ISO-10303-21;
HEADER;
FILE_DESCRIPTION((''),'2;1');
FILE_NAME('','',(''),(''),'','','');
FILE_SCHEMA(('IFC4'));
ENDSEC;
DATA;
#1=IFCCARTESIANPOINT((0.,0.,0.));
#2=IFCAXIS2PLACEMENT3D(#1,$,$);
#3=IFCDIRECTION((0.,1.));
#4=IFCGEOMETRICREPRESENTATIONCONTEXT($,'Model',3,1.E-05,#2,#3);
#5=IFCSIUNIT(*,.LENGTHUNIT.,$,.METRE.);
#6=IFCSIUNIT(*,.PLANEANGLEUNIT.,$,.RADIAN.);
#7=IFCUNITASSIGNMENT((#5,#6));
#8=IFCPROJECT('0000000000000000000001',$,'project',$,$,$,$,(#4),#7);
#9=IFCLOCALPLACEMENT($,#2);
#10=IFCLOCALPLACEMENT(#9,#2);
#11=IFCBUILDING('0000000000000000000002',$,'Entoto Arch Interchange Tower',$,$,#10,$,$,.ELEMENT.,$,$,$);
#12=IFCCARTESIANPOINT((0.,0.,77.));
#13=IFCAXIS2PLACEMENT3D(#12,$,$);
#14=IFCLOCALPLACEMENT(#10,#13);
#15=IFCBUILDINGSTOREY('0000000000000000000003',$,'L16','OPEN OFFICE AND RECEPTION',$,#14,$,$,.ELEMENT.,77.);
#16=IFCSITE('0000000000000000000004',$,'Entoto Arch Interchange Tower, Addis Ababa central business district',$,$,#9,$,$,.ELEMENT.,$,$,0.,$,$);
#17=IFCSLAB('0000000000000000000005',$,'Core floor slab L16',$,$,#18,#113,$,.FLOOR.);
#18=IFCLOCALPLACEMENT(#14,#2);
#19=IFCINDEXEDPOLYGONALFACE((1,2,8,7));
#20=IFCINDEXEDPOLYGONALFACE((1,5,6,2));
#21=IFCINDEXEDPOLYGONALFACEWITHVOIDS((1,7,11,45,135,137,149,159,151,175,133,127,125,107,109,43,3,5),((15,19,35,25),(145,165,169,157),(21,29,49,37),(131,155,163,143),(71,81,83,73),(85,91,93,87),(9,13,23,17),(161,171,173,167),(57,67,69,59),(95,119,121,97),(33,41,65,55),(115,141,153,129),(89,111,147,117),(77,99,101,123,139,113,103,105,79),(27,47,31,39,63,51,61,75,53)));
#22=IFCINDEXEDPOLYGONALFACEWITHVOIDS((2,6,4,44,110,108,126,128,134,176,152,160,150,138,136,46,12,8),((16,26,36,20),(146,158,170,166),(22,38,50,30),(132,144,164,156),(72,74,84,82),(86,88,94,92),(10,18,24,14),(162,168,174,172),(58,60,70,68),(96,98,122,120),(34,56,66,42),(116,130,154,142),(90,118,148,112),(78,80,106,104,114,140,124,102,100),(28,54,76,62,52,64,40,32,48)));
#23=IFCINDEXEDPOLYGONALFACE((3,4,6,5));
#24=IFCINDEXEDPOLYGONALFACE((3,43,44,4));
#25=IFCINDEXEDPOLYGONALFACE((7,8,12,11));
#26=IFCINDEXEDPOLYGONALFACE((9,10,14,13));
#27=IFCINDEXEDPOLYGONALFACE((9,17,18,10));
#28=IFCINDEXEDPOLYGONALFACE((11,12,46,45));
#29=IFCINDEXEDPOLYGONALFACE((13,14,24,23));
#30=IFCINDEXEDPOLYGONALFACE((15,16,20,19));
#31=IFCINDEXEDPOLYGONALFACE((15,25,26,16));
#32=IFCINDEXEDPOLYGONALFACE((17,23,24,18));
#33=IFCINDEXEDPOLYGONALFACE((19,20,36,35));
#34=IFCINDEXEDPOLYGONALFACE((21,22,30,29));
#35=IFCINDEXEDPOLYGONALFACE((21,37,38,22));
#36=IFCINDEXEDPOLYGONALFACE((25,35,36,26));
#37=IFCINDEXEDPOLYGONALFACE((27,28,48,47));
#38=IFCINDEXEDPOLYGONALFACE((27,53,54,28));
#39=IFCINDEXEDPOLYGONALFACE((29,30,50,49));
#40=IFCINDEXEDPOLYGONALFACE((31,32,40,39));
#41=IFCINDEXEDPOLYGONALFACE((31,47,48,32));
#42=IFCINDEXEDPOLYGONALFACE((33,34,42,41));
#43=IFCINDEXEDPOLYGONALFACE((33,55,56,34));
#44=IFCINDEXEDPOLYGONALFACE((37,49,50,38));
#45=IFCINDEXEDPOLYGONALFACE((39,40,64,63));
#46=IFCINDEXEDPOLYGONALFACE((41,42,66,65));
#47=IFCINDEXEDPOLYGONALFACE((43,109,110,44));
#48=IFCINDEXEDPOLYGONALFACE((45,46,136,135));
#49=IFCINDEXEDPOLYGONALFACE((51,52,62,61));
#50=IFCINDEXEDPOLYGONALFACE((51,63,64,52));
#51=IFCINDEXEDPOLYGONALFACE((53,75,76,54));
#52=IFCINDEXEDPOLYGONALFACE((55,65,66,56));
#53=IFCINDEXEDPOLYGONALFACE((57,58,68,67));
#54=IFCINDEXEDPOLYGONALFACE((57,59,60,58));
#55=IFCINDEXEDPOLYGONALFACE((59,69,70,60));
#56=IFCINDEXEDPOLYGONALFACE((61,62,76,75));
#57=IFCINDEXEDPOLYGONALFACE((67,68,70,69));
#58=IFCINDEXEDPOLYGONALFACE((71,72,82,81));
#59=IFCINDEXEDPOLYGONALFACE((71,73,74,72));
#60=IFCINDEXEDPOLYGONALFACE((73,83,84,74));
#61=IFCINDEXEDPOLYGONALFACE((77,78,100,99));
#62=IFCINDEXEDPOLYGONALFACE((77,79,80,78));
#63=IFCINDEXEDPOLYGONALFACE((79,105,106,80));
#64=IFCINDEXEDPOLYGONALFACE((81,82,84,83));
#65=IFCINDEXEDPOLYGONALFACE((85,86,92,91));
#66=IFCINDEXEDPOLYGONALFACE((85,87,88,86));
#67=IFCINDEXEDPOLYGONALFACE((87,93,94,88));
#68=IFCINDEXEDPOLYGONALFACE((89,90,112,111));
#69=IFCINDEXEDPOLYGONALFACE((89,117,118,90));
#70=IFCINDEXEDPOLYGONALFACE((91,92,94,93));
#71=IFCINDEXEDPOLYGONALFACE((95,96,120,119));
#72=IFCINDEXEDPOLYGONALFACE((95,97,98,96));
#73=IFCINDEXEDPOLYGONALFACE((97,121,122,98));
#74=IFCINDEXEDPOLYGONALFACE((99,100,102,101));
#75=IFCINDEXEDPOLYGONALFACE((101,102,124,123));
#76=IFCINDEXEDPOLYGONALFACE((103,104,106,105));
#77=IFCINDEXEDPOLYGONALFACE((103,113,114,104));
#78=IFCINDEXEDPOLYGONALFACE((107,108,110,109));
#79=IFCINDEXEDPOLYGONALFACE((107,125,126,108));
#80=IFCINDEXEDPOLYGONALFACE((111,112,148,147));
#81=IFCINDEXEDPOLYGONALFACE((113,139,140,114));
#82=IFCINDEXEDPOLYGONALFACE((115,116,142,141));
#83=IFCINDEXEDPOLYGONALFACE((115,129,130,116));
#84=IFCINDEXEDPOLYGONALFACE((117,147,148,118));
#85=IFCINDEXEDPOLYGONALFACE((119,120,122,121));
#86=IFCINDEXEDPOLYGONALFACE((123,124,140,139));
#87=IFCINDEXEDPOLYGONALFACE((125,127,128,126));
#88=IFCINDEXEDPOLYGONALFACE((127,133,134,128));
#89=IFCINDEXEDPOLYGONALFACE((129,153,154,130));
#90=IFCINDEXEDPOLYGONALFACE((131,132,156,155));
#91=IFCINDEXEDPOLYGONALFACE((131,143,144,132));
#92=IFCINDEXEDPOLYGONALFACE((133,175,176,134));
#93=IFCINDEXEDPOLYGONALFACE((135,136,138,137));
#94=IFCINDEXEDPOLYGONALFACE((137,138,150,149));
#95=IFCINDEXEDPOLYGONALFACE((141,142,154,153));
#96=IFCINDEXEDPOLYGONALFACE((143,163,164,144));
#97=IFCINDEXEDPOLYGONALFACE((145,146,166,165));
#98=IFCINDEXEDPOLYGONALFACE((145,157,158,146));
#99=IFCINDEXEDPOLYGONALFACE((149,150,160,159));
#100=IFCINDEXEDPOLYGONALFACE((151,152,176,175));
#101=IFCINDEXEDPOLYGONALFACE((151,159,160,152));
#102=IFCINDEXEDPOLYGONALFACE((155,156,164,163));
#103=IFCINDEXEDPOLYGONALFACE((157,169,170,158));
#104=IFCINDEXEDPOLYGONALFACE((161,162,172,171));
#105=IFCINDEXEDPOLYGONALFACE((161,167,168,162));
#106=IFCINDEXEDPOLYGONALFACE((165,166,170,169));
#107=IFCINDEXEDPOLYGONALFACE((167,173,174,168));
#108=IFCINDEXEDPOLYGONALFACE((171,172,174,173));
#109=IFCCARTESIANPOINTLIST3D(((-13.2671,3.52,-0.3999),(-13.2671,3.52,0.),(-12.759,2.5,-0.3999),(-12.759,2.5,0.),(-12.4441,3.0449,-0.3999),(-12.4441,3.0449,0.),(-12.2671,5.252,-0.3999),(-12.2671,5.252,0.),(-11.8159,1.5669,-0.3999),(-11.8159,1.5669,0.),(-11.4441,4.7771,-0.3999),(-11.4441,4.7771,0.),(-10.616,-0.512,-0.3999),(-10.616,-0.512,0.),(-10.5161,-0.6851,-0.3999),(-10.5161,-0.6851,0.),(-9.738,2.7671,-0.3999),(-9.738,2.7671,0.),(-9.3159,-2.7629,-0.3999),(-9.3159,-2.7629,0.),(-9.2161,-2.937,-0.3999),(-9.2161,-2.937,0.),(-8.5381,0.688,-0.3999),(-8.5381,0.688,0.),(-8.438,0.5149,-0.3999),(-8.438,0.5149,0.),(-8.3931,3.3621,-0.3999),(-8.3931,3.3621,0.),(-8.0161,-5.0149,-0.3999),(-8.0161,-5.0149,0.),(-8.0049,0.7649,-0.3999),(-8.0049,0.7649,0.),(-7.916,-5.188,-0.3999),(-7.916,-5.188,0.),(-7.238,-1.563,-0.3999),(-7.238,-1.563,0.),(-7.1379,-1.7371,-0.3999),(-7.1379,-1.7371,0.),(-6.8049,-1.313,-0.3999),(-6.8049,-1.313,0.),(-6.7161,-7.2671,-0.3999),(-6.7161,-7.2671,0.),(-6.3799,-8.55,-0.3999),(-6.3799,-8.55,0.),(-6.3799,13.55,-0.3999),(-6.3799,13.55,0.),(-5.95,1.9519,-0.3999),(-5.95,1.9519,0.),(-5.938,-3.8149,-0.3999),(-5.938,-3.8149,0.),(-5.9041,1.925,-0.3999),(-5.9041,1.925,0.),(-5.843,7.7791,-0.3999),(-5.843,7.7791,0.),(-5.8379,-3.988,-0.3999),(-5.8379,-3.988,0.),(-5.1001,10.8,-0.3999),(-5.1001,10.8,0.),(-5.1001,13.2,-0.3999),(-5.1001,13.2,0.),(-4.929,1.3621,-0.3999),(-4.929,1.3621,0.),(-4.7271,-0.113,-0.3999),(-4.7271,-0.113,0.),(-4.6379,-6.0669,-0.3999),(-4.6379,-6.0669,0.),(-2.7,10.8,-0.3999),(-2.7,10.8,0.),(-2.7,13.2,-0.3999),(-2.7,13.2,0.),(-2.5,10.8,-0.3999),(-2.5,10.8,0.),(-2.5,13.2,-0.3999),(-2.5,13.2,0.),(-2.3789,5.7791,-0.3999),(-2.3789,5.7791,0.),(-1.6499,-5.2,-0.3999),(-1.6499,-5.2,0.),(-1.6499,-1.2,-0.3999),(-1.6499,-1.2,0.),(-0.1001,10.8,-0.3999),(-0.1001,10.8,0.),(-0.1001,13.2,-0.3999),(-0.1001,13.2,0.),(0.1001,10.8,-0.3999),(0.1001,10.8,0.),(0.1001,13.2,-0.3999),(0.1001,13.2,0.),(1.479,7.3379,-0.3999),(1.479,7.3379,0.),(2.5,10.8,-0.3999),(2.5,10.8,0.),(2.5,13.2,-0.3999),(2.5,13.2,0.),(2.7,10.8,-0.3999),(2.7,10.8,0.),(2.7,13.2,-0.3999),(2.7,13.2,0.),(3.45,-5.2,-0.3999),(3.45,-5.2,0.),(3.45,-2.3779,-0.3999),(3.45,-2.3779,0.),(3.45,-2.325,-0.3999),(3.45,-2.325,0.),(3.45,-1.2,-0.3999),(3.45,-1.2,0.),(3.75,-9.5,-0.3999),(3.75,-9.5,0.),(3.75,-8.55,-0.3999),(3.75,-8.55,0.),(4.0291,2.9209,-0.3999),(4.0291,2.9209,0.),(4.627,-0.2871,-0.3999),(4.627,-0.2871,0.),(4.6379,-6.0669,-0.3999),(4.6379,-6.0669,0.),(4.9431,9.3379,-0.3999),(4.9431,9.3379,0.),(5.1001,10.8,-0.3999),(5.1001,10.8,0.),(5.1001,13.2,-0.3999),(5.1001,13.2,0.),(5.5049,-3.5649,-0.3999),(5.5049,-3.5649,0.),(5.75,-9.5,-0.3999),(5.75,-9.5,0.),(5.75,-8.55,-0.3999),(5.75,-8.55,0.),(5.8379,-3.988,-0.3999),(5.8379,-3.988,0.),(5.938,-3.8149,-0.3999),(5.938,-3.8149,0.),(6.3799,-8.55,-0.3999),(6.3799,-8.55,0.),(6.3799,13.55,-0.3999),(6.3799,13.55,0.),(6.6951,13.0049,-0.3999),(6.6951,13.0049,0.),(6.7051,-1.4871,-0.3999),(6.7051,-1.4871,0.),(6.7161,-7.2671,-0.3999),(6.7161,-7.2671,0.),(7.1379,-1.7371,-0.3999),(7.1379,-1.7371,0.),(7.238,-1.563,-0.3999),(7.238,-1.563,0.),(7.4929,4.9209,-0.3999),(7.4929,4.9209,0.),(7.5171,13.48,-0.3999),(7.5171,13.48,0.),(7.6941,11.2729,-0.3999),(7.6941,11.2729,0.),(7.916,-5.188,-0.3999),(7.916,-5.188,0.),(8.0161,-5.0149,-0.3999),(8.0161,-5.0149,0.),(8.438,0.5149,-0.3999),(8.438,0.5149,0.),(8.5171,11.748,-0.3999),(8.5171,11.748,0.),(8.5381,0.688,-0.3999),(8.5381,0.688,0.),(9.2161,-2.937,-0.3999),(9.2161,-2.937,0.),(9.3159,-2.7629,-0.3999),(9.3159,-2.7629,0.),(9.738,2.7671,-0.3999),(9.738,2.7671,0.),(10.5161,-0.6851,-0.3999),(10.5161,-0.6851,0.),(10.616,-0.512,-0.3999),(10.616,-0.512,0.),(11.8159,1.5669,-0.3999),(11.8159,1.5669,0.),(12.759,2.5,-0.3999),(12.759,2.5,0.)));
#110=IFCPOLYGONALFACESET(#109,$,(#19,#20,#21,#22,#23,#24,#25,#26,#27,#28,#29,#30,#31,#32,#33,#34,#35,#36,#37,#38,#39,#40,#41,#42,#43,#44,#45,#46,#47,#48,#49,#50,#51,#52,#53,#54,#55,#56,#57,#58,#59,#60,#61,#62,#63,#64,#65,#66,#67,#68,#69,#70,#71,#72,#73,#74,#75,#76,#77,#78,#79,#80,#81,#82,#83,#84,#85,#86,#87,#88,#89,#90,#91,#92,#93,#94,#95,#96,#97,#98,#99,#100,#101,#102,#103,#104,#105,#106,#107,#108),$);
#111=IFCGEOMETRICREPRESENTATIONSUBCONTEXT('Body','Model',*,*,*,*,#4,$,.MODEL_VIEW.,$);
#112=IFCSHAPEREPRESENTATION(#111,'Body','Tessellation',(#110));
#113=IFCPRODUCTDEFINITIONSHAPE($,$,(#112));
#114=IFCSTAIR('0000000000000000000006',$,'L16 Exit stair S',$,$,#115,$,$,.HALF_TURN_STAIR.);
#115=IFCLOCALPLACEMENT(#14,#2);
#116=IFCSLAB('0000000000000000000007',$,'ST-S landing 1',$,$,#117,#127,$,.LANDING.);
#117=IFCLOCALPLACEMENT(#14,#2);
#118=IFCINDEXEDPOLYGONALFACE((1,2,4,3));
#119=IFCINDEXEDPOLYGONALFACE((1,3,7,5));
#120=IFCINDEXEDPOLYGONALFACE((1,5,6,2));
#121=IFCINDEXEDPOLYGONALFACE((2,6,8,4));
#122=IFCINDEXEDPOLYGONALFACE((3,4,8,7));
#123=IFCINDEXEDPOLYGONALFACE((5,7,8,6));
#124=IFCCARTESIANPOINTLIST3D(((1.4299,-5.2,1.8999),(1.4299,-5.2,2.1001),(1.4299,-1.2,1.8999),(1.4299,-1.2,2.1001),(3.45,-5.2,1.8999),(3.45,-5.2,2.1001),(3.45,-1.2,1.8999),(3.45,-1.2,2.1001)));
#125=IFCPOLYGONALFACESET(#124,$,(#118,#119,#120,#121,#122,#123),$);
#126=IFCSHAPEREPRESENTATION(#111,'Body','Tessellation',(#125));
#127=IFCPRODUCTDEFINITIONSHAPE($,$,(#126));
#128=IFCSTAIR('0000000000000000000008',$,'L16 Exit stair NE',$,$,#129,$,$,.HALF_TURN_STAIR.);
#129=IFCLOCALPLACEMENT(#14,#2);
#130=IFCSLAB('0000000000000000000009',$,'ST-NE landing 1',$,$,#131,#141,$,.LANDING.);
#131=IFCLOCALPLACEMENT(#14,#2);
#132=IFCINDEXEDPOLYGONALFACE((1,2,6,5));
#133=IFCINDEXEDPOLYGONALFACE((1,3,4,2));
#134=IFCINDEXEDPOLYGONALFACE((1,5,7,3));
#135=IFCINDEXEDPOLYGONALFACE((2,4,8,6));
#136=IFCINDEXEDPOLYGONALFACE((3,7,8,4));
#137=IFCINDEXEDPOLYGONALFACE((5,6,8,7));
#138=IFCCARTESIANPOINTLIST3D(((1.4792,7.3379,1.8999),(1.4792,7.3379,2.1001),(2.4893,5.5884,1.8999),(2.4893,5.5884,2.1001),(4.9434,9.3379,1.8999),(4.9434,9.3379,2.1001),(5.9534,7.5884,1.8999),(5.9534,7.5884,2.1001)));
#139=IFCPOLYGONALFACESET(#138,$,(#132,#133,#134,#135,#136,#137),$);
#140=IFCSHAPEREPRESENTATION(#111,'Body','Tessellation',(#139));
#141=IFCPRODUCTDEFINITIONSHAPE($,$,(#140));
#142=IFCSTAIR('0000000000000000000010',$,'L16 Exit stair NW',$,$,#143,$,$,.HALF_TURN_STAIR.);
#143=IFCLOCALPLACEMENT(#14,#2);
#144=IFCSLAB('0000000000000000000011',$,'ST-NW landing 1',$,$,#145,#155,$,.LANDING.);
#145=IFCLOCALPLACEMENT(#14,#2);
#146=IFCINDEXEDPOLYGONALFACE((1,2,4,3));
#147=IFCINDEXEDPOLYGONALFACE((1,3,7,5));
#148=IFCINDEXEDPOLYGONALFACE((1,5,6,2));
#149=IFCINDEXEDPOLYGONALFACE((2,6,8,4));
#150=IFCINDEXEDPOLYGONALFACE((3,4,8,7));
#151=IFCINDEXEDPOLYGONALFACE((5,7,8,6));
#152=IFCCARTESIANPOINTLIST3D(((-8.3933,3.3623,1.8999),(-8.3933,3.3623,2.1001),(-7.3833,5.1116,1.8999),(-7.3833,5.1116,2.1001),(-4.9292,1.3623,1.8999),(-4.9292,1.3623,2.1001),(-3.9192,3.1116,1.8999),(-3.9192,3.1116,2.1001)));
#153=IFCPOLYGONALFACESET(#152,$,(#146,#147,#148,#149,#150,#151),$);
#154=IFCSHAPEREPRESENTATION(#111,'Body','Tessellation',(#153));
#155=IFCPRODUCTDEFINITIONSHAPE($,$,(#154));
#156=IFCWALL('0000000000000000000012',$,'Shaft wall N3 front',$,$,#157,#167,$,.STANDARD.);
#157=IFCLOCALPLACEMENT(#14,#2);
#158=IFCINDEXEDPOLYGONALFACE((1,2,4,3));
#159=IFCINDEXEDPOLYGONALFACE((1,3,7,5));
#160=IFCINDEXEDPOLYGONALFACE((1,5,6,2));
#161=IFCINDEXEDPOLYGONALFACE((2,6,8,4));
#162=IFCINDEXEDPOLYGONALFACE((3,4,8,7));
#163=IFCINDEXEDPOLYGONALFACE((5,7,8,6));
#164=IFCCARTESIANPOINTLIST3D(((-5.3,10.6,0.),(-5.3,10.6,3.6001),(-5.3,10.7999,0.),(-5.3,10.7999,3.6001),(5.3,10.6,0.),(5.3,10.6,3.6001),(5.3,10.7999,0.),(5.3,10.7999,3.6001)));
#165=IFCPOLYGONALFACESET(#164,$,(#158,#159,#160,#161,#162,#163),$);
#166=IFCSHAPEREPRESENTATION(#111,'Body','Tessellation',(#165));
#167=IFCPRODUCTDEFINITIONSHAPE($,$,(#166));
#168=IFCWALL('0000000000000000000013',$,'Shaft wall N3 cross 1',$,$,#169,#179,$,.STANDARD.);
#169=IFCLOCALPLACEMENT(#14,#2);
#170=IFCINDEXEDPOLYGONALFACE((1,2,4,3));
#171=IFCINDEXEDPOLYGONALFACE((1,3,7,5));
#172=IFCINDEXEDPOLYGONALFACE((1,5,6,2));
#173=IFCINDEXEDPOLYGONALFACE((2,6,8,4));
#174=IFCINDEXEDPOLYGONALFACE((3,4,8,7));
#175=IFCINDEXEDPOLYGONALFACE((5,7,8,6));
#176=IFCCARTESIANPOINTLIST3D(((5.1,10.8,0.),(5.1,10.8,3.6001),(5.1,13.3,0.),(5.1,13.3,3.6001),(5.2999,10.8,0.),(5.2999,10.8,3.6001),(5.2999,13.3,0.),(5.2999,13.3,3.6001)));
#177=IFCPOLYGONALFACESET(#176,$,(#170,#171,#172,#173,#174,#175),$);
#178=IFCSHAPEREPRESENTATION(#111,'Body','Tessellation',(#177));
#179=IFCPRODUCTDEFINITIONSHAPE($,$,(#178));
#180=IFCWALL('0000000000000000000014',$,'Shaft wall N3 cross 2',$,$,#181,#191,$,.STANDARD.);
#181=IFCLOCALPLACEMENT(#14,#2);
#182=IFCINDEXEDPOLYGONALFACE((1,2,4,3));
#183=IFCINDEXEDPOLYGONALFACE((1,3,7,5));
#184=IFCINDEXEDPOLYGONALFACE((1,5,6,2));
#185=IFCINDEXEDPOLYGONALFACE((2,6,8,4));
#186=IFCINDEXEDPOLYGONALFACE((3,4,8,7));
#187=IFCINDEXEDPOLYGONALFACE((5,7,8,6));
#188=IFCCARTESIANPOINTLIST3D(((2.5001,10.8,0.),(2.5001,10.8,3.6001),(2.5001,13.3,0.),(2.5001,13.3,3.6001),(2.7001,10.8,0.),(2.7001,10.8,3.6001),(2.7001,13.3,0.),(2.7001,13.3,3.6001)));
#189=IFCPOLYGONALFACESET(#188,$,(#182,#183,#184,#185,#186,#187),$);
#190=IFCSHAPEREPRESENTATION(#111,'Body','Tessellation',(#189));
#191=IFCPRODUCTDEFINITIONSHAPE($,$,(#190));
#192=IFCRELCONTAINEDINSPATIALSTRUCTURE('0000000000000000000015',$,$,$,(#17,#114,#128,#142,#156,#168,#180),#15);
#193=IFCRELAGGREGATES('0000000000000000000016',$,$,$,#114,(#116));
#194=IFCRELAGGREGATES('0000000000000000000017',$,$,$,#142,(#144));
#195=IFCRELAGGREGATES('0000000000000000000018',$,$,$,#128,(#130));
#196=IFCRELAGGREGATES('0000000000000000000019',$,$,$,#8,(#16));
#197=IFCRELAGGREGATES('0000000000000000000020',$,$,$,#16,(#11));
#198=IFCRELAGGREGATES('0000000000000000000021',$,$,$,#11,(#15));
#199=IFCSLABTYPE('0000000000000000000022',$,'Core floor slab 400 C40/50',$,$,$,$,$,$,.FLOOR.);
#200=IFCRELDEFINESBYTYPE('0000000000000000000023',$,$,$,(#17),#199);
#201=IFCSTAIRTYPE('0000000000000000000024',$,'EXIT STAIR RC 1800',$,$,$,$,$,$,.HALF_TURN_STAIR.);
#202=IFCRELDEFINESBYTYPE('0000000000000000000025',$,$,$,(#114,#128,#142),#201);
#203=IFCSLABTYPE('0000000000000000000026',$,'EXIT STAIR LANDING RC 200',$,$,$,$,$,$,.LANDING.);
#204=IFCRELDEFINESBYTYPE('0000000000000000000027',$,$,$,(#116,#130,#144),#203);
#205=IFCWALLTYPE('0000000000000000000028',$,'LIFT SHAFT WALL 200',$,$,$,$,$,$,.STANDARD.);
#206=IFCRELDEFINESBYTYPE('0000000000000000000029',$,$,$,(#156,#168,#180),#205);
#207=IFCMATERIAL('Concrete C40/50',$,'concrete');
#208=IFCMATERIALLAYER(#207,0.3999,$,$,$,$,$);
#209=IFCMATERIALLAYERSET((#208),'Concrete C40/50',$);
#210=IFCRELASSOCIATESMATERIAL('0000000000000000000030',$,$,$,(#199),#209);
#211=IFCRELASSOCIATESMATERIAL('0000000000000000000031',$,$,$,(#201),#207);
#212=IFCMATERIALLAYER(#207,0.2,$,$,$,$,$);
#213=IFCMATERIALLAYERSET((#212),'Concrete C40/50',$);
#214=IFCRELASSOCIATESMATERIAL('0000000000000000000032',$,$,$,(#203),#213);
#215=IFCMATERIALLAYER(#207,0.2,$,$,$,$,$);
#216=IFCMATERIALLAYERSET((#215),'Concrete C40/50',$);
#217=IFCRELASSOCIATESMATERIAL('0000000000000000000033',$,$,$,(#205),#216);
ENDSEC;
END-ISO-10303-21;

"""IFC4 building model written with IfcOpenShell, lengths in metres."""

from ifc_helpers import new_model, si_unit, direction, frame, frame_2d, origin, place, context, subcontext, project, spatial, polyline, rectangle, outline, extrude, material, layer, layer_set, type_object, element, aggregate, save


model = new_model("IFC4")

# Units and contexts
model_context = context("Model", 3, precision=1e-05, world=origin(), true_north=direction((0.0, 1.0)))
body_context = subcontext(model_context, "Body", "Model", "MODEL_VIEW")
ifc_project = project(units=[si_unit("LENGTHUNIT", "METRE"), si_unit("PLANEANGLEUNIT", "RADIAN")], contexts=[model_context])

# Site, building, storey
site_placement = place(None, origin())
site = spatial("IfcSite", under=ifc_project, at=site_placement, Name="Entoto Arch Interchange Tower, Addis Ababa central business district", CompositionType="ELEMENT", RefElevation=0.0)
building_placement = place(site_placement, origin())
building = spatial("IfcBuilding", under=site, at=building_placement, Name="Entoto Arch Interchange Tower", CompositionType="ELEMENT")
storey_placement = place(building_placement, frame((0.0, 0.0, 77.0)))
storey = spatial("IfcBuildingStorey", under=building, at=storey_placement, Name="L16", Description="OPEN OFFICE AND RECEPTION", CompositionType="ELEMENT", Elevation=77.0)

# Slab
ifc_material_1 = material(Name="Concrete C40/50", Category="concrete")
ifc_layer_1 = layer(ifc_material_1, 0.3999)
ifc_layer_set_1 = layer_set([ifc_layer_1], Name="Concrete C40/50")
slab_type_1 = type_object("IfcSlabType", Name="Core floor slab 400 C40/50", PredefinedType="FLOOR", material=ifc_layer_set_1)
slab_1_placement = place(storey_placement, frame((0.0, 0.0, -0.3999)))
element("IfcSlab", 1, at=slab_1_placement, inside=storey, type_object=slab_type_1, Name="Core floor slab L16", PredefinedType="FLOOR", context=body_context, shape_type="SweptSolid", body=[
    extrude(outline(polyline([(5.75, -9.5), (3.75, -9.5), (3.75, -8.55), (-6.3799, -8.55), (-12.759, 2.5), (-12.4441, 3.0449), (-13.2671, 3.52), (-12.2671, 5.252), (-11.4441, 4.7771), (-6.3799, 13.55), (6.3799, 13.55), (6.6951, 13.0049), (7.5171, 13.48), (8.5171, 11.748), (7.6941, 11.2729), (12.759, 2.5), (6.3799, -8.55), (5.75, -8.55), (5.75, -9.5)]), holes=[polyline([(-4.6379, -6.0669), (-5.8379, -3.988), (-7.916, -5.188), (-6.7161, -7.2671), (-4.6379, -6.0669)]), polyline([(-5.938, -3.8149), (-7.1379, -1.7371), (-9.2161, -2.937), (-8.0161, -5.0149), (-5.938, -3.8149)]), polyline([(5.5049, -3.5649), (6.7051, -1.4871), (4.627, -0.2871), (3.45, -2.325), (3.45, -1.2), (-1.6499, -1.2), (-1.6499, -5.2), (3.45, -5.2), (3.45, -2.3779), (5.5049, -3.5649)]), polyline([(-7.238, -1.563), (-8.438, 0.5149), (-10.5161, -0.6851), (-9.3159, -2.7629), (-7.238, -1.563)]), polyline([(-4.7271, -0.113), (-5.9041, 1.925), (-4.929, 1.3621), (-2.3789, 5.7791), (-5.843, 7.7791), (-8.3931, 3.3621), (-5.95, 1.9519), (-8.0049, 0.7649), (-6.8049, -1.313), (-4.7271, -0.113)]), polyline([(-8.5381, 0.688), (-9.738, 2.7671), (-11.8159, 1.5669), (-10.616, -0.512), (-8.5381, 0.688)]), polyline([(-5.1001, 10.8), (-2.7, 10.8), (-2.7, 13.2), (-5.1001, 13.2), (-5.1001, 10.8)]), polyline([(-2.5, 10.8), (-0.1001, 10.8), (-0.1001, 13.2), (-2.5, 13.2), (-2.5, 10.8)]), polyline([(5.8379, -3.988), (4.6379, -6.0669), (6.7161, -7.2671), (7.916, -5.188), (5.8379, -3.988)]), polyline([(7.1379, -1.7371), (5.938, -3.8149), (8.0161, -5.0149), (9.2161, -2.937), (7.1379, -1.7371)]), polyline([(8.438, 0.5149), (7.238, -1.563), (9.3159, -2.7629), (10.5161, -0.6851), (8.438, 0.5149)]), polyline([(9.738, 2.7671), (8.5381, 0.688), (10.616, -0.512), (11.8159, 1.5669), (9.738, 2.7671)]), polyline([(4.0291, 2.9209), (7.4929, 4.9209), (4.9431, 9.3379), (1.479, 7.3379), (4.0291, 2.9209)]), polyline([(0.1001, 13.2), (0.1001, 10.8), (2.5, 10.8), (2.5, 13.2), (0.1001, 13.2)]), polyline([(2.7, 13.2), (2.7, 10.8), (5.1001, 10.8), (5.1001, 13.2), (2.7, 13.2)])]), origin(), (0.0, 0.0, 1.0), 0.3999),
])

# Stairs, slabs
stair_type = type_object("IfcStairType", Name="EXIT STAIR RC 1800", PredefinedType="HALF_TURN_STAIR", material=ifc_material_1)
stair_1_placement = place(storey_placement, origin())
stair_1 = element("IfcStair", 2, at=stair_1_placement, inside=storey, type_object=stair_type, Name="L16 Exit stair S", PredefinedType="HALF_TURN_STAIR")
ifc_layer_2 = layer(ifc_material_1, 0.2)
ifc_layer_set_2 = layer_set([ifc_layer_2], Name="Concrete C40/50")
slab_type_2 = type_object("IfcSlabType", Name="EXIT STAIR LANDING RC 200", PredefinedType="LANDING", material=ifc_layer_set_2)
slab_2_placement = place(storey_placement, frame((0.0, 0.0, 1.8999)))
slab_2 = element("IfcSlab", 3, at=slab_2_placement, type_object=slab_type_2, Name="ST-S landing 1", PredefinedType="LANDING", context=body_context, shape_type="SweptSolid", body=[
    extrude(outline(polyline([(1.4299, -5.2), (3.45, -5.2), (3.45, -1.2), (1.4299, -1.2), (1.4299, -5.2)])), origin(), (0.0, 0.0, 1.0), 0.2002),
])
aggregate(stair_1, [slab_2])
stair_2_placement = place(storey_placement, origin())
stair_2 = element("IfcStair", 4, at=stair_2_placement, inside=storey, type_object=stair_type, Name="L16 Exit stair NE", PredefinedType="HALF_TURN_STAIR")
slab_3_placement = place(storey_placement, frame((0.0, 0.0, 1.8999)))
slab_3 = element("IfcSlab", 5, at=slab_3_placement, type_object=slab_type_2, Name="ST-NE landing 1", PredefinedType="LANDING", context=body_context, shape_type="SweptSolid", body=[
    extrude(outline(polyline([(5.9534, 7.5884), (4.9434, 9.3379), (1.4792, 7.3379), (2.4893, 5.5884), (5.9534, 7.5884)])), origin(), (0.0, 0.0, 1.0), 0.2002),
])
stair_3_placement = place(storey_placement, origin())
stair_3 = element("IfcStair", 6, at=stair_3_placement, inside=storey, type_object=stair_type, Name="L16 Exit stair NW", PredefinedType="HALF_TURN_STAIR")
slab_4_placement = place(storey_placement, frame((0.0, 0.0, 1.8999)))
slab_4 = element("IfcSlab", 7, at=slab_4_placement, type_object=slab_type_2, Name="ST-NW landing 1", PredefinedType="LANDING", context=body_context, shape_type="SweptSolid", body=[
    extrude(outline(polyline([(-7.3833, 5.1116), (-8.3933, 3.3623), (-4.9292, 1.3623), (-3.9192, 3.1116), (-7.3833, 5.1116)])), origin(), (0.0, 0.0, 1.0), 0.2002),
])
aggregate(stair_3, [slab_4])

# Walls
ifc_layer_3 = layer(ifc_material_1, 0.2)
ifc_layer_set_3 = layer_set([ifc_layer_3], Name="Concrete C40/50")
wall_type_1 = type_object("IfcWallType", Name="LIFT SHAFT WALL 200", PredefinedType="STANDARD", material=ifc_layer_set_3)
wall_1_placement = place(storey_placement, frame((5.3, 10.7, 0.0), z_axis=(0.0, 0.0, 1.0), x_axis=(-1.0, 0.0, 0.0)))
element("IfcWall", 8, at=wall_1_placement, inside=storey, type_object=wall_type_1, Name="Shaft wall N3 front", PredefinedType="STANDARD", context=body_context, shape_type="SweptSolid", body=[
    extrude(rectangle(XDim=10.6001, YDim=0.2, at=frame_2d((5.3, 0.0))), origin(), (0.0, 0.0, 1.0), 3.6001),
])
for number, where, z_axis, x_axis, name in (
    (9, (5.2, 10.8, 0.0), (0.0, 0.0, 1.0), (0.0, 1.0, 0.0), "Shaft wall N3 cross 1"),
    (10, (2.6001, 10.8, 0.0), (0.0, 0.0, 1.0), (0.0, 1.0, 0.0), "Shaft wall N3 cross 2"),
):
    element("IfcWall", number, at=place(storey_placement, frame(where, z_axis=z_axis, x_axis=x_axis)), inside=storey, type_object=wall_type_1, Name=name, PredefinedType="STANDARD", context=body_context, shape_type="SweptSolid", body=[
        extrude(rectangle(XDim=2.5, YDim=0.2, at=frame_2d((1.25, 0.0))), origin(), (0.0, 0.0, 1.0), 3.6001),
    ])

aggregate(stair_2, [slab_3])

save(model, "model.ifc")
